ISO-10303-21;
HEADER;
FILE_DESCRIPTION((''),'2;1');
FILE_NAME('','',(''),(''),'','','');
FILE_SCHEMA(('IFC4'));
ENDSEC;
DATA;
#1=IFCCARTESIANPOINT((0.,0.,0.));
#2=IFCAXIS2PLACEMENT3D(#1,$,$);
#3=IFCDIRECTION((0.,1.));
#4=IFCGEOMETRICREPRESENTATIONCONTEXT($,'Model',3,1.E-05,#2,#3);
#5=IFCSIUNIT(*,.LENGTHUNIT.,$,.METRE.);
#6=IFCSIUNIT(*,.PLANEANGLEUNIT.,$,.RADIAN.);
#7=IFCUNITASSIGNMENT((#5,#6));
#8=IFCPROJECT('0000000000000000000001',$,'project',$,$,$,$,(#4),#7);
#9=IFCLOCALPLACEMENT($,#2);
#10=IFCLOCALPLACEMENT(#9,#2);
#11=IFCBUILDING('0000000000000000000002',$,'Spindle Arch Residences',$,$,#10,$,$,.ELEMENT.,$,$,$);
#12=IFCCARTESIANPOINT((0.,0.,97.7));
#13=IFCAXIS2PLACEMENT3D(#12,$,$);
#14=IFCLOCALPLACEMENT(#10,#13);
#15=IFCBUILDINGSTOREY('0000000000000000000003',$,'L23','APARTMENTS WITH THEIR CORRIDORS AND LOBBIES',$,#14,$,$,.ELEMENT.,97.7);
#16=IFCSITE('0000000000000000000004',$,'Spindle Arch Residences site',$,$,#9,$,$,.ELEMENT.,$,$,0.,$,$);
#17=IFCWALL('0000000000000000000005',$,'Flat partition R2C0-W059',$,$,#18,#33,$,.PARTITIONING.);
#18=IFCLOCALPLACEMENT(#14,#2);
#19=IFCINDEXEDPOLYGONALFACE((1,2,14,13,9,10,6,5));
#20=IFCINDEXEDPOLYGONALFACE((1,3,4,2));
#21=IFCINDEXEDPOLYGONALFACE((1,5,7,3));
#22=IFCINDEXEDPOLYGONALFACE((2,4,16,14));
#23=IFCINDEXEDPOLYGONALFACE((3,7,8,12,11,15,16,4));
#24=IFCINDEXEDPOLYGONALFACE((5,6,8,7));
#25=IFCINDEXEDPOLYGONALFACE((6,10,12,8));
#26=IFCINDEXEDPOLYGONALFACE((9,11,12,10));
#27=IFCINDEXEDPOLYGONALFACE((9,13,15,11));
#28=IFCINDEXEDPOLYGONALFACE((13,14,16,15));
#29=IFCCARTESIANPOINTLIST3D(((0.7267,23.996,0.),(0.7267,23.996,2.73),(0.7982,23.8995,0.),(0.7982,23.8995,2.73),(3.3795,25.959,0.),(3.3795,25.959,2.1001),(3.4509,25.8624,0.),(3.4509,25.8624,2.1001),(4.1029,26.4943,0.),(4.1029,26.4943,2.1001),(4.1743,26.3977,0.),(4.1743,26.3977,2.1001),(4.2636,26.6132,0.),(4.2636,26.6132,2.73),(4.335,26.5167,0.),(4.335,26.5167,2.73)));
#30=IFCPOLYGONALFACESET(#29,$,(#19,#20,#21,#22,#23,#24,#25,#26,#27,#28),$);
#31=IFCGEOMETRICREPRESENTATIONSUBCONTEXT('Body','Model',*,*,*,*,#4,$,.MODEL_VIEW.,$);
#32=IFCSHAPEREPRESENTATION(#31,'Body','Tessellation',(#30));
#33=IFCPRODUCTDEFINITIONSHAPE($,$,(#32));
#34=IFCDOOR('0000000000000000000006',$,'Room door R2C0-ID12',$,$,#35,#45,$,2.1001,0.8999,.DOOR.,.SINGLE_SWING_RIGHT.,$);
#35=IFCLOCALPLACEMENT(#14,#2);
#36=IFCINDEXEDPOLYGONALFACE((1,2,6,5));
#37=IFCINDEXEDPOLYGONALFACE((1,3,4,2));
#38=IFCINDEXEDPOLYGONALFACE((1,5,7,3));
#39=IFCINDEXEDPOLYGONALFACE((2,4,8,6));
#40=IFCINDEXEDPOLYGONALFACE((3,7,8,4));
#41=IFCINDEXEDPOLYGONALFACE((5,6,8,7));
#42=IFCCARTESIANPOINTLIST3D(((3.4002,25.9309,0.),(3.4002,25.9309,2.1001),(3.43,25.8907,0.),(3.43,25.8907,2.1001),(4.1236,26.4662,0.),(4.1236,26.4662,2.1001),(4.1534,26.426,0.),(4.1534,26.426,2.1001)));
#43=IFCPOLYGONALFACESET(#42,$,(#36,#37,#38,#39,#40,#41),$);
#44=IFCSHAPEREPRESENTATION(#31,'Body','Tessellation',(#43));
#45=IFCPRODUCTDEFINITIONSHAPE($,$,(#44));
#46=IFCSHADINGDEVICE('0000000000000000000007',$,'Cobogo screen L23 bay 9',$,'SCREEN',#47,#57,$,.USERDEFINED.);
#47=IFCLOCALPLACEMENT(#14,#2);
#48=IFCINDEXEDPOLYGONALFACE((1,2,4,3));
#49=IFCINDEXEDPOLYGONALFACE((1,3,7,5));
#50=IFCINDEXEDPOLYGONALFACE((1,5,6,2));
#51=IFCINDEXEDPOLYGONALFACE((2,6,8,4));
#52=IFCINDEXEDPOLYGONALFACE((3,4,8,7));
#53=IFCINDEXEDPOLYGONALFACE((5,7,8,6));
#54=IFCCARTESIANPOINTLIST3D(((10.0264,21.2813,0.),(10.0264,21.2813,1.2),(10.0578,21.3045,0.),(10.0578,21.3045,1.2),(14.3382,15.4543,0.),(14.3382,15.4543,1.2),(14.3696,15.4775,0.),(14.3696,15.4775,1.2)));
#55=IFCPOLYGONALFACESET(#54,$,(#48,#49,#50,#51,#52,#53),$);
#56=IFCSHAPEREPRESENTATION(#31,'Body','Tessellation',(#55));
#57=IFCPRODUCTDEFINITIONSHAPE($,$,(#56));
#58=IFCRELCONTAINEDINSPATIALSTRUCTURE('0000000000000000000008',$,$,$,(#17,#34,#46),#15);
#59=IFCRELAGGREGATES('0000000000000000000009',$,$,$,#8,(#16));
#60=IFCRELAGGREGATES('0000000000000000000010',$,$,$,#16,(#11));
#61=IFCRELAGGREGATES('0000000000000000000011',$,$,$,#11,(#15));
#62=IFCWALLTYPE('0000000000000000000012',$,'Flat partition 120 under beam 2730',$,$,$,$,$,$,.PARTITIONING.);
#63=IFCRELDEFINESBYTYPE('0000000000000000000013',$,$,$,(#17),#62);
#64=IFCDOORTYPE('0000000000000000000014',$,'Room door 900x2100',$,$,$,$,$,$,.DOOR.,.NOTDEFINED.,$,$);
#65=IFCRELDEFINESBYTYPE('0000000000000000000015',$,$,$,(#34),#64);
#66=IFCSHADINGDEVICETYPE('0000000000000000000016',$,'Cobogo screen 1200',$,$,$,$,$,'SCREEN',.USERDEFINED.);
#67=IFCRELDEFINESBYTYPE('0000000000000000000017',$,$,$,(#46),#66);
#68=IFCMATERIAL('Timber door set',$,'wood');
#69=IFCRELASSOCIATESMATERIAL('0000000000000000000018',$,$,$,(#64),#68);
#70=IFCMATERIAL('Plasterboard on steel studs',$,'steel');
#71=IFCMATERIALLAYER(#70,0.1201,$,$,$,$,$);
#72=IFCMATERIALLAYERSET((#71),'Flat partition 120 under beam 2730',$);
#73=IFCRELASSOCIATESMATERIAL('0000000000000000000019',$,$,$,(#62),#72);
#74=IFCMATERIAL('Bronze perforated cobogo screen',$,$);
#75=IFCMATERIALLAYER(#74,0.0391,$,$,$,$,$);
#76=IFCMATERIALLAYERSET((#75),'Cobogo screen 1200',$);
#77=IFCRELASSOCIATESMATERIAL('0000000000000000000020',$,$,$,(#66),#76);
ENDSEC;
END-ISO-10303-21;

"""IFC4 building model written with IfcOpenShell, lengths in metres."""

from ifc_helpers import new_model, si_unit, direction, frame, frame_2d, origin, origin_2d, place, context, subcontext, project, spatial, rectangle, extrude, material, layer, layer_set, type_object, element, fill, save


model = new_model("IFC4")

# Units and contexts
model_context = context("Model", 3, precision=1e-05, world=origin(), true_north=direction((0.0, 1.0)))
body_context = subcontext(model_context, "Body", "Model", "MODEL_VIEW")
ifc_project = project(units=[si_unit("LENGTHUNIT", "METRE"), si_unit("PLANEANGLEUNIT", "RADIAN")], contexts=[model_context])

# Site, building, storey
site_placement = place(None, origin())
site = spatial("IfcSite", under=ifc_project, at=site_placement, Name="Spindle Arch Residences site", CompositionType="ELEMENT", RefElevation=0.0)
building_placement = place(site_placement, origin())
building = spatial("IfcBuilding", under=site, at=building_placement, Name="Spindle Arch Residences", CompositionType="ELEMENT")
storey_placement = place(building_placement, frame((0.0, 0.0, 97.7)))
storey = spatial("IfcBuildingStorey", under=building, at=storey_placement, Name="L23", Description="APARTMENTS WITH THEIR CORRIDORS AND LOBBIES", CompositionType="ELEMENT", Elevation=97.7)

# Shared definitions
ifc_material_1 = material(Name="Timber door set", Category="wood")
door_type = type_object("IfcDoorType", Name="Room door 900x2100", OperationType="NOTDEFINED", PredefinedType="DOOR", material=ifc_material_1)

# Wall, opening, door
ifc_material_2 = material(Name="Plasterboard on steel studs", Category="steel")
ifc_layer_1 = layer(ifc_material_2, 0.1201)
ifc_layer_set_1 = layer_set([ifc_layer_1], Name="Flat partition 120 under beam 2730")
wall_type_1 = type_object("IfcWallType", Name="Flat partition 120 under beam 2730", PredefinedType="PARTITIONING", material=ifc_layer_set_1)
wall_1_placement = place(storey_placement, frame((4.2993, 26.5649, 0.0), z_axis=(0.0, 0.0, 1.0), x_axis=(-0.803852, -0.594829, 0.0)))
wall_1 = element("IfcWall", 1, at=wall_1_placement, inside=storey, type_object=wall_type_1, Name="Flat partition R2C0-W059", PredefinedType="PARTITIONING", context=body_context, shape_type="SweptSolid", body=[
    extrude(rectangle(XDim=4.3999, YDim=0.1201, at=frame_2d((2.2, 0.0))), origin(), (0.0, 0.0, 1.0), 2.73),
])
opening_1_placement = place(wall_1_placement, frame((0.2, 0.0, 0.0)))
opening_1 = element("IfcOpeningElement", 2, at=opening_1_placement, cuts=wall_1, PredefinedType="OPENING", context=body_context, shape_type="SweptSolid", body=[
    extrude(rectangle(XDim=0.8999, YDim=2.1001, at=frame_2d((0.45, 1.05))), frame((0.0, 0.0701, 0.0), z_axis=(0.0, -1.0, 0.0), x_axis=(1.0, 0.0, 0.0)), (0.0, 0.0, 1.0), 0.1401),
])
door_1_placement = place(opening_1_placement, origin())
door_1 = element("IfcDoor", 3, at=door_1_placement, inside=storey, type_object=door_type, Name="Room door R2C0-ID12", OperationType="SINGLE_SWING_RIGHT", OverallHeight=2.1001, OverallWidth=0.8999, PredefinedType="DOOR", context=body_context, shape_type="SweptSolid", body=[
    extrude(rectangle(XDim=0.8999, YDim=2.1001, at=frame_2d((0.45, 1.05))), frame((0.0, 0.0249, 0.0), z_axis=(0.0, -1.0, 0.0), x_axis=(1.0, 0.0, 0.0)), (0.0, 0.0, 1.0), 0.05),
])
fill(opening_1, door_1)

# Shading device
ifc_material_3 = material(Name="Bronze perforated cobogo screen")
ifc_layer_2 = layer(ifc_material_3, 0.0391)
ifc_layer_set_2 = layer_set([ifc_layer_2], Name="Cobogo screen 1200")
shading_device_type = type_object("IfcShadingDeviceType", Name="Cobogo screen 1200", ElementType="SCREEN", PredefinedType="USERDEFINED", material=ifc_layer_set_2)
shading_device_placement = place(storey_placement, frame((12.198, 18.3794, 0.0), z_axis=(0.0, 0.0, 1.0), x_axis=(-0.594823, 0.803857, 0.0)))
element("IfcShadingDevice", 4, at=shading_device_placement, inside=storey, type_object=shading_device_type, Name="Cobogo screen L23 bay 9", ObjectType="SCREEN", PredefinedType="USERDEFINED", context=body_context, shape_type="SweptSolid", body=[
    extrude(rectangle(XDim=7.2488, YDim=0.0391, at=origin_2d()), origin(), (0.0, 0.0, 1.0), 1.2),
])

save(model, "model.ifc")
